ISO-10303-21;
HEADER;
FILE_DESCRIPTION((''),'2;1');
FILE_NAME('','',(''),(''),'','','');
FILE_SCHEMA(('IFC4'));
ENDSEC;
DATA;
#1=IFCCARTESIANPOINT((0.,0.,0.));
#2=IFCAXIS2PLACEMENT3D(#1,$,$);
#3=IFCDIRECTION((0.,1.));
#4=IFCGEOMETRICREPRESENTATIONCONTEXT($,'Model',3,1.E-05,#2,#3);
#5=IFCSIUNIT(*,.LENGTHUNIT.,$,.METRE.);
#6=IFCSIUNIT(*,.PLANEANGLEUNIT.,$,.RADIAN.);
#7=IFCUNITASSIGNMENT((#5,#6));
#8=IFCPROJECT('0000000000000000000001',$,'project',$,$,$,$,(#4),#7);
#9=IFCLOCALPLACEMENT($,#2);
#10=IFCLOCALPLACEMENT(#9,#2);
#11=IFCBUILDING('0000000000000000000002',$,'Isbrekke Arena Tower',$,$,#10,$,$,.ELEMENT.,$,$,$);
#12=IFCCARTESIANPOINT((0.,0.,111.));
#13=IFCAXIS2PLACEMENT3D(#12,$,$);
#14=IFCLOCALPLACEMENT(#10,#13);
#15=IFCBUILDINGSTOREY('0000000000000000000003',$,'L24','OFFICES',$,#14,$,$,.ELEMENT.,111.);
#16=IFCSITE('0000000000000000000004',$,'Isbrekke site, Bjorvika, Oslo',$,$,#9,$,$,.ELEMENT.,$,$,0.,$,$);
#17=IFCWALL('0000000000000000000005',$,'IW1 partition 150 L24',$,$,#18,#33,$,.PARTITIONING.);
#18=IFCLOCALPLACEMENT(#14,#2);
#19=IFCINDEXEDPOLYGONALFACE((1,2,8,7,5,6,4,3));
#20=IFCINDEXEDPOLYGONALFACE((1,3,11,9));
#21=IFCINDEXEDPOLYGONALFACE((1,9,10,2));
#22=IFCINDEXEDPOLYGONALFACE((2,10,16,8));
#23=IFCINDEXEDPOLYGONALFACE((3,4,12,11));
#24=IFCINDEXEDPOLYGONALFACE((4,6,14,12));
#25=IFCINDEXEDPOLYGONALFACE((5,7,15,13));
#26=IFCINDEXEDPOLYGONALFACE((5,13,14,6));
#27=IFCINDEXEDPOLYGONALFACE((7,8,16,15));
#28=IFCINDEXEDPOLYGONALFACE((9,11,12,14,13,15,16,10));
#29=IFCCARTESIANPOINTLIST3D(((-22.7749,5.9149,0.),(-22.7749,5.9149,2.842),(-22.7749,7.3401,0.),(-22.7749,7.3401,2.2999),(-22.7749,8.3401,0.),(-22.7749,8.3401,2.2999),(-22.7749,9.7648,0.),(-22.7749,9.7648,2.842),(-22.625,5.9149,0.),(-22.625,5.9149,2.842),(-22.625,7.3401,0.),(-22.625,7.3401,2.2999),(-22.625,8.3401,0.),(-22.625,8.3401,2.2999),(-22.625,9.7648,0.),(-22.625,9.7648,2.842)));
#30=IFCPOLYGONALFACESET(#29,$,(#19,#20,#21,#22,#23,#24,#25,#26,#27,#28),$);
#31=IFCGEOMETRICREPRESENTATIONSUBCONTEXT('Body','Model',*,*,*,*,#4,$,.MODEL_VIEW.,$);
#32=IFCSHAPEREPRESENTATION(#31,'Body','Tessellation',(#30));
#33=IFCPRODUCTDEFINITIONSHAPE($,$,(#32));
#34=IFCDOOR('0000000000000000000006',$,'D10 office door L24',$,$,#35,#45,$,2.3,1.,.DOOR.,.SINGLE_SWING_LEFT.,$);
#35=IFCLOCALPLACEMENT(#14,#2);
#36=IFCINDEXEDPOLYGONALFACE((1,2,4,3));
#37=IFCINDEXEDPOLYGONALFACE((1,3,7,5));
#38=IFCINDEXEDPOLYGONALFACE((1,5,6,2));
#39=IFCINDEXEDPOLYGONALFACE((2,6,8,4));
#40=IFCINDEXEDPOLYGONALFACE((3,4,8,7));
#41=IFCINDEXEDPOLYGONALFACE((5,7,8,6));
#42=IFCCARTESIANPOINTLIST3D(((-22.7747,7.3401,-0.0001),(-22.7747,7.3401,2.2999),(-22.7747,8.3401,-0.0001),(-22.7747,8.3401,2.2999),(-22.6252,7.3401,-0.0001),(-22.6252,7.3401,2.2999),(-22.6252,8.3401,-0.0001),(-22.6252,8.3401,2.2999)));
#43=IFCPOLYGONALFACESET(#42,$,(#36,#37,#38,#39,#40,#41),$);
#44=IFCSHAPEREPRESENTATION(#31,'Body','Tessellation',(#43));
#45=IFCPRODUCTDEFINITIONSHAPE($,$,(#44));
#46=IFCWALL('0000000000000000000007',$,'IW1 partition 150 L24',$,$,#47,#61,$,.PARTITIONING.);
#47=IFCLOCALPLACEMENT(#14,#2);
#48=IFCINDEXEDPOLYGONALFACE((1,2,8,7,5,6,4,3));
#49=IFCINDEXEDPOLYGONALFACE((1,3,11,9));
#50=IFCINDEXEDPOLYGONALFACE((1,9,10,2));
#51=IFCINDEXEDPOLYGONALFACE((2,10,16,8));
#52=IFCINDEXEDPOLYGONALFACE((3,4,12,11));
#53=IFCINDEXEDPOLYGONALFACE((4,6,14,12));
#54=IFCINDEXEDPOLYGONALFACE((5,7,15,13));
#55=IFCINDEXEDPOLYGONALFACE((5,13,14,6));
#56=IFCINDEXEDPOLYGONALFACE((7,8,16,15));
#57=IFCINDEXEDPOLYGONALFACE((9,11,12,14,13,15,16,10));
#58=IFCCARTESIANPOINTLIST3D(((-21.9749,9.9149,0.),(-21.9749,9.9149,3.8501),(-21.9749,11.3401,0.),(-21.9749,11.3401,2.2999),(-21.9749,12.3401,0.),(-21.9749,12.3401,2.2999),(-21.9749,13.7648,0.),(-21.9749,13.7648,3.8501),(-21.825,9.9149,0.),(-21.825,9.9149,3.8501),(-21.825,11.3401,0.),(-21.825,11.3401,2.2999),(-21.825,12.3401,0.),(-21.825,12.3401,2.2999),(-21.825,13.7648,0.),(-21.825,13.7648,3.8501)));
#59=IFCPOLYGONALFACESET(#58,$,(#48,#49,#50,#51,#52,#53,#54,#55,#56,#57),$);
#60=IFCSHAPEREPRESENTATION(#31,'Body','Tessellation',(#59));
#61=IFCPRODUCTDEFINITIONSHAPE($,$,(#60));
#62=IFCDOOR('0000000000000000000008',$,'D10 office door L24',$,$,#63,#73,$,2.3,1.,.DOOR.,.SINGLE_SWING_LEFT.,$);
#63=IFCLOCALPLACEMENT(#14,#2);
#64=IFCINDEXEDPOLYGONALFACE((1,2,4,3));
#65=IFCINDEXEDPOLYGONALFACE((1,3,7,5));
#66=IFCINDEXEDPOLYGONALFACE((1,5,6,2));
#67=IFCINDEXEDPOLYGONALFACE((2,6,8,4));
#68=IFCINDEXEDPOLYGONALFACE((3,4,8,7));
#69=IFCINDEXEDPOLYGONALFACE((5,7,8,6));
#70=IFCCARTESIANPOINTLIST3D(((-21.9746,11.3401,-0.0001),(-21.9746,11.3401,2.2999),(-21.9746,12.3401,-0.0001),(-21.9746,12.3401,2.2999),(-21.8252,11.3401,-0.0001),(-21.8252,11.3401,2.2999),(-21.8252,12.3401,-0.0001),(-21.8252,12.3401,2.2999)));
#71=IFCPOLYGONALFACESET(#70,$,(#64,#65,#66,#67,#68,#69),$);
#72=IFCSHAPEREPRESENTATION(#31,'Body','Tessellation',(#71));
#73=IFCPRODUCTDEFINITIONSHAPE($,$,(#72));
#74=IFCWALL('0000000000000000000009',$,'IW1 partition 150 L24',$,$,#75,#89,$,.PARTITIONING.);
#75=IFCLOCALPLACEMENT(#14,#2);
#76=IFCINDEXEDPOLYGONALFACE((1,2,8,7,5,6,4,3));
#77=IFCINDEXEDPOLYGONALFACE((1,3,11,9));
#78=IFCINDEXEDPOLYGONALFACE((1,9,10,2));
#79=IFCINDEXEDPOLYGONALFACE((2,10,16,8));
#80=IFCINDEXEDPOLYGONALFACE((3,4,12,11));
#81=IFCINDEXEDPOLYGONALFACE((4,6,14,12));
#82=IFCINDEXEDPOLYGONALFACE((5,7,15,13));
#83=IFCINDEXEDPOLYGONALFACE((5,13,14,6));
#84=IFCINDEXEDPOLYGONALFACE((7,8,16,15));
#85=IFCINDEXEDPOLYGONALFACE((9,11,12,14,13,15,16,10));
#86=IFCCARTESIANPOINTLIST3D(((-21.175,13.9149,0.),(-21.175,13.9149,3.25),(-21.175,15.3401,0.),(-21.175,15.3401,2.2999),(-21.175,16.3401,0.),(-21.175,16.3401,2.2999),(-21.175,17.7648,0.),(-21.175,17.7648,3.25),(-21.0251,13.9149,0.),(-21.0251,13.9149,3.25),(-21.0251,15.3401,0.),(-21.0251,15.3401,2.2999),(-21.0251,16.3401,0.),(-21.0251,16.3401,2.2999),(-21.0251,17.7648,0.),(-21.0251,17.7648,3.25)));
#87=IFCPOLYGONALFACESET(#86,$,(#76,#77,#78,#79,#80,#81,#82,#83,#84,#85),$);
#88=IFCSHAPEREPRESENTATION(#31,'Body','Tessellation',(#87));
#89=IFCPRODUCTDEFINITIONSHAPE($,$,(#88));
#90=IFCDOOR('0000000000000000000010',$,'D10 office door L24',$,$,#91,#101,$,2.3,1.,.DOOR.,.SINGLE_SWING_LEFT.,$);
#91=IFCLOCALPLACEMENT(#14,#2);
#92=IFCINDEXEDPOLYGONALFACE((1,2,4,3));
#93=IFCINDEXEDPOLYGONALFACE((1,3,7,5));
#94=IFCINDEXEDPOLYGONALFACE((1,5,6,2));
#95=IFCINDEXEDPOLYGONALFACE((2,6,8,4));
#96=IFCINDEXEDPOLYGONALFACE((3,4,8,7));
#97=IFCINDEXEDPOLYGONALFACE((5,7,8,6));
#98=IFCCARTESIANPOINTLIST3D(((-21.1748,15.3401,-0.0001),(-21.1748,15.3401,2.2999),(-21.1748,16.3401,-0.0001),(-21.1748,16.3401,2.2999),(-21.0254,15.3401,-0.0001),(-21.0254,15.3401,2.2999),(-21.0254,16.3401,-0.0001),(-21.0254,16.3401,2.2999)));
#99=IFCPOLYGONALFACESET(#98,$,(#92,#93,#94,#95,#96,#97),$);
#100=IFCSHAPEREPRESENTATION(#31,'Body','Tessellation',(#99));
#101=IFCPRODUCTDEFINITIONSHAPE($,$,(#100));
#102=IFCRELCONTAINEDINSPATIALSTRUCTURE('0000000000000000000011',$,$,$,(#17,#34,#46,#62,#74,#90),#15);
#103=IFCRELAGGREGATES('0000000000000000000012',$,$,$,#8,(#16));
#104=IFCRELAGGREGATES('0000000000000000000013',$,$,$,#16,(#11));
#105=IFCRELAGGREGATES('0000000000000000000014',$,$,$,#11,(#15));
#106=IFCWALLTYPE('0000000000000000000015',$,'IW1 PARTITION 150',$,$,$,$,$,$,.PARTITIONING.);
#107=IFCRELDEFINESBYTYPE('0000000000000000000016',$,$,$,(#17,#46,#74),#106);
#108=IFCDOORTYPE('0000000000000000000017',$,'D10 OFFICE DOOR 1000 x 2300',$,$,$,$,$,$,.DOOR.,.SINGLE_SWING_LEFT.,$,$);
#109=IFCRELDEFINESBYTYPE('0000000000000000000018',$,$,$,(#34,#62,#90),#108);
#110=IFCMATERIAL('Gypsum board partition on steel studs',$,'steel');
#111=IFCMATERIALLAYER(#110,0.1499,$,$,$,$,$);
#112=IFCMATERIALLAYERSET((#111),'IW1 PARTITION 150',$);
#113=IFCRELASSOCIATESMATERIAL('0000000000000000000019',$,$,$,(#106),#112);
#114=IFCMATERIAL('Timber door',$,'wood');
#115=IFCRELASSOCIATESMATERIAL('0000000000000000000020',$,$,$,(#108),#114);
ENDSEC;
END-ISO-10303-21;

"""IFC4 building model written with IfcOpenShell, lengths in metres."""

from ifc_helpers import new_model, si_unit, direction, frame, frame_2d, origin, place, context, subcontext, project, spatial, rectangle, extrude, material, layer, layer_set, type_object, element, fill, save


model = new_model("IFC4")

# Units and contexts
model_context = context("Model", 3, precision=1e-05, world=origin(), true_north=direction((0.0, 1.0)))
body_context = subcontext(model_context, "Body", "Model", "MODEL_VIEW")
ifc_project = project(units=[si_unit("LENGTHUNIT", "METRE"), si_unit("PLANEANGLEUNIT", "RADIAN")], contexts=[model_context])

# Site, building, storey
site_placement = place(None, origin())
site = spatial("IfcSite", under=ifc_project, at=site_placement, Name="Isbrekke site, Bjorvika, Oslo", CompositionType="ELEMENT", RefElevation=0.0)
building_placement = place(site_placement, origin())
building = spatial("IfcBuilding", under=site, at=building_placement, Name="Isbrekke Arena Tower", CompositionType="ELEMENT")
storey_placement = place(building_placement, frame((0.0, 0.0, 111.0)))
storey = spatial("IfcBuildingStorey", under=building, at=storey_placement, Name="L24", Description="OFFICES", CompositionType="ELEMENT", Elevation=111.0)

# Shared definitions
ifc_material_1 = material(Name="Gypsum board partition on steel studs", Category="steel")
ifc_layer_1 = layer(ifc_material_1, 0.1499)
ifc_layer_set_1 = layer_set([ifc_layer_1], Name="IW1 PARTITION 150")
wall_type = type_object("IfcWallType", Name="IW1 PARTITION 150", PredefinedType="PARTITIONING", material=ifc_layer_set_1)

# Walls, openings, doors
wall_1_placement = place(storey_placement, frame((-22.7, 5.915, 0.0), z_axis=(0.0, 0.0, 1.0), x_axis=(0.0, 1.0, 0.0)))
wall_1 = element("IfcWall", 1, at=wall_1_placement, inside=storey, type_object=wall_type, Name="IW1 partition 150 L24", PredefinedType="PARTITIONING", context=body_context, shape_type="SweptSolid", body=[
    extrude(rectangle(XDim=3.8499, YDim=0.1499, at=frame_2d((1.9248, 0.0))), origin(), (0.0, 0.0, 1.0), 2.842),
])
opening_1_placement = place(wall_1_placement, frame((1.425, 0.0, 0.0)))
opening_1 = element("IfcOpeningElement", 2, at=opening_1_placement, cuts=wall_1, PredefinedType="OPENING", context=body_context, shape_type="SweptSolid", body=[
    extrude(rectangle(XDim=1.0, YDim=2.3, at=frame_2d((0.5, 1.1499))), frame((0.0, 0.0898, 0.0), z_axis=(0.0, -1.0, 0.0), x_axis=(1.0, 0.0, 0.0)), (0.0, 0.0, 1.0), 0.1797),
])
ifc_material_2 = material(Name="Timber door", Category="wood")
door_type = type_object("IfcDoorType", Name="D10 OFFICE DOOR 1000 x 2300", OperationType="SINGLE_SWING_LEFT", PredefinedType="DOOR", material=ifc_material_2)
door_1_placement = place(opening_1_placement, origin())
door_1 = element("IfcDoor", 3, at=door_1_placement, inside=storey, type_object=door_type, Name="D10 office door L24", OperationType="SINGLE_SWING_LEFT", OverallHeight=2.3, OverallWidth=1.0, PredefinedType="DOOR", context=body_context, shape_type="SweptSolid", body=[
    extrude(rectangle(XDim=1.0, YDim=2.3, at=frame_2d((0.5, 1.1499))), frame((0.0, 0.0747, 0.0), z_axis=(0.0, -1.0, 0.0), x_axis=(1.0, 0.0, 0.0)), (0.0, 0.0, 1.0), 0.1494),
])
fill(opening_1, door_1)
wall_2_placement = place(storey_placement, frame((-21.8999, 9.915, 0.0), z_axis=(0.0, 0.0, 1.0), x_axis=(0.0, 1.0, 0.0)))
wall_2 = element("IfcWall", 4, at=wall_2_placement, inside=storey, type_object=wall_type, Name="IW1 partition 150 L24", PredefinedType="PARTITIONING", context=body_context, shape_type="SweptSolid", body=[
    extrude(rectangle(XDim=3.8499, YDim=0.1499, at=frame_2d((1.9248, 0.0))), origin(), (0.0, 0.0, 1.0), 3.8501),
])
opening_2_placement = place(wall_2_placement, frame((1.425, 0.0, 0.0)))
opening_2 = element("IfcOpeningElement", 5, at=opening_2_placement, cuts=wall_2, PredefinedType="OPENING", context=body_context, shape_type="SweptSolid", body=[
    extrude(rectangle(XDim=1.0, YDim=2.3, at=frame_2d((0.5, 1.1499))), frame((0.0, 0.0898, 0.0), z_axis=(0.0, -1.0, 0.0), x_axis=(1.0, 0.0, 0.0)), (0.0, 0.0, 1.0), 0.1797),
])
door_2_placement = place(opening_2_placement, origin())
door_2 = element("IfcDoor", 6, at=door_2_placement, inside=storey, type_object=door_type, Name="D10 office door L24", OperationType="SINGLE_SWING_LEFT", OverallHeight=2.3, OverallWidth=1.0, PredefinedType="DOOR", context=body_context, shape_type="SweptSolid", body=[
    extrude(rectangle(XDim=1.0, YDim=2.3, at=frame_2d((0.5, 1.1499))), frame((0.0, 0.0747, 0.0), z_axis=(0.0, -1.0, 0.0), x_axis=(1.0, 0.0, 0.0)), (0.0, 0.0, 1.0), 0.1494),
])
fill(opening_2, door_2)
wall_3_placement = place(storey_placement, frame((-21.1001, 13.915, 0.0), z_axis=(0.0, 0.0, 1.0), x_axis=(0.0, 1.0, 0.0)))
wall_3 = element("IfcWall", 7, at=wall_3_placement, inside=storey, type_object=wall_type, Name="IW1 partition 150 L24", PredefinedType="PARTITIONING", context=body_context, shape_type="SweptSolid", body=[
    extrude(rectangle(XDim=3.8499, YDim=0.1499, at=frame_2d((1.9248, 0.0))), origin(), (0.0, 0.0, 1.0), 3.25),
])
opening_3_placement = place(wall_3_placement, frame((1.425, 0.0, 0.0)))
opening_3 = element("IfcOpeningElement", 8, at=opening_3_placement, cuts=wall_3, PredefinedType="OPENING", context=body_context, shape_type="SweptSolid", body=[
    extrude(rectangle(XDim=1.0, YDim=2.3, at=frame_2d((0.5, 1.1499))), frame((0.0, 0.0898, 0.0), z_axis=(0.0, -1.0, 0.0), x_axis=(1.0, 0.0, 0.0)), (0.0, 0.0, 1.0), 0.1797),
])
door_3_placement = place(opening_3_placement, origin())
door_3 = element("IfcDoor", 9, at=door_3_placement, inside=storey, type_object=door_type, Name="D10 office door L24", OperationType="SINGLE_SWING_LEFT", OverallHeight=2.3, OverallWidth=1.0, PredefinedType="DOOR", context=body_context, shape_type="SweptSolid", body=[
    extrude(rectangle(XDim=1.0, YDim=2.3, at=frame_2d((0.5, 1.1499))), frame((0.0, 0.0747, 0.0), z_axis=(0.0, -1.0, 0.0), x_axis=(1.0, 0.0, 0.0)), (0.0, 0.0, 1.0), 0.1494),
])
fill(opening_3, door_3)

save(model, "model.ifc")
